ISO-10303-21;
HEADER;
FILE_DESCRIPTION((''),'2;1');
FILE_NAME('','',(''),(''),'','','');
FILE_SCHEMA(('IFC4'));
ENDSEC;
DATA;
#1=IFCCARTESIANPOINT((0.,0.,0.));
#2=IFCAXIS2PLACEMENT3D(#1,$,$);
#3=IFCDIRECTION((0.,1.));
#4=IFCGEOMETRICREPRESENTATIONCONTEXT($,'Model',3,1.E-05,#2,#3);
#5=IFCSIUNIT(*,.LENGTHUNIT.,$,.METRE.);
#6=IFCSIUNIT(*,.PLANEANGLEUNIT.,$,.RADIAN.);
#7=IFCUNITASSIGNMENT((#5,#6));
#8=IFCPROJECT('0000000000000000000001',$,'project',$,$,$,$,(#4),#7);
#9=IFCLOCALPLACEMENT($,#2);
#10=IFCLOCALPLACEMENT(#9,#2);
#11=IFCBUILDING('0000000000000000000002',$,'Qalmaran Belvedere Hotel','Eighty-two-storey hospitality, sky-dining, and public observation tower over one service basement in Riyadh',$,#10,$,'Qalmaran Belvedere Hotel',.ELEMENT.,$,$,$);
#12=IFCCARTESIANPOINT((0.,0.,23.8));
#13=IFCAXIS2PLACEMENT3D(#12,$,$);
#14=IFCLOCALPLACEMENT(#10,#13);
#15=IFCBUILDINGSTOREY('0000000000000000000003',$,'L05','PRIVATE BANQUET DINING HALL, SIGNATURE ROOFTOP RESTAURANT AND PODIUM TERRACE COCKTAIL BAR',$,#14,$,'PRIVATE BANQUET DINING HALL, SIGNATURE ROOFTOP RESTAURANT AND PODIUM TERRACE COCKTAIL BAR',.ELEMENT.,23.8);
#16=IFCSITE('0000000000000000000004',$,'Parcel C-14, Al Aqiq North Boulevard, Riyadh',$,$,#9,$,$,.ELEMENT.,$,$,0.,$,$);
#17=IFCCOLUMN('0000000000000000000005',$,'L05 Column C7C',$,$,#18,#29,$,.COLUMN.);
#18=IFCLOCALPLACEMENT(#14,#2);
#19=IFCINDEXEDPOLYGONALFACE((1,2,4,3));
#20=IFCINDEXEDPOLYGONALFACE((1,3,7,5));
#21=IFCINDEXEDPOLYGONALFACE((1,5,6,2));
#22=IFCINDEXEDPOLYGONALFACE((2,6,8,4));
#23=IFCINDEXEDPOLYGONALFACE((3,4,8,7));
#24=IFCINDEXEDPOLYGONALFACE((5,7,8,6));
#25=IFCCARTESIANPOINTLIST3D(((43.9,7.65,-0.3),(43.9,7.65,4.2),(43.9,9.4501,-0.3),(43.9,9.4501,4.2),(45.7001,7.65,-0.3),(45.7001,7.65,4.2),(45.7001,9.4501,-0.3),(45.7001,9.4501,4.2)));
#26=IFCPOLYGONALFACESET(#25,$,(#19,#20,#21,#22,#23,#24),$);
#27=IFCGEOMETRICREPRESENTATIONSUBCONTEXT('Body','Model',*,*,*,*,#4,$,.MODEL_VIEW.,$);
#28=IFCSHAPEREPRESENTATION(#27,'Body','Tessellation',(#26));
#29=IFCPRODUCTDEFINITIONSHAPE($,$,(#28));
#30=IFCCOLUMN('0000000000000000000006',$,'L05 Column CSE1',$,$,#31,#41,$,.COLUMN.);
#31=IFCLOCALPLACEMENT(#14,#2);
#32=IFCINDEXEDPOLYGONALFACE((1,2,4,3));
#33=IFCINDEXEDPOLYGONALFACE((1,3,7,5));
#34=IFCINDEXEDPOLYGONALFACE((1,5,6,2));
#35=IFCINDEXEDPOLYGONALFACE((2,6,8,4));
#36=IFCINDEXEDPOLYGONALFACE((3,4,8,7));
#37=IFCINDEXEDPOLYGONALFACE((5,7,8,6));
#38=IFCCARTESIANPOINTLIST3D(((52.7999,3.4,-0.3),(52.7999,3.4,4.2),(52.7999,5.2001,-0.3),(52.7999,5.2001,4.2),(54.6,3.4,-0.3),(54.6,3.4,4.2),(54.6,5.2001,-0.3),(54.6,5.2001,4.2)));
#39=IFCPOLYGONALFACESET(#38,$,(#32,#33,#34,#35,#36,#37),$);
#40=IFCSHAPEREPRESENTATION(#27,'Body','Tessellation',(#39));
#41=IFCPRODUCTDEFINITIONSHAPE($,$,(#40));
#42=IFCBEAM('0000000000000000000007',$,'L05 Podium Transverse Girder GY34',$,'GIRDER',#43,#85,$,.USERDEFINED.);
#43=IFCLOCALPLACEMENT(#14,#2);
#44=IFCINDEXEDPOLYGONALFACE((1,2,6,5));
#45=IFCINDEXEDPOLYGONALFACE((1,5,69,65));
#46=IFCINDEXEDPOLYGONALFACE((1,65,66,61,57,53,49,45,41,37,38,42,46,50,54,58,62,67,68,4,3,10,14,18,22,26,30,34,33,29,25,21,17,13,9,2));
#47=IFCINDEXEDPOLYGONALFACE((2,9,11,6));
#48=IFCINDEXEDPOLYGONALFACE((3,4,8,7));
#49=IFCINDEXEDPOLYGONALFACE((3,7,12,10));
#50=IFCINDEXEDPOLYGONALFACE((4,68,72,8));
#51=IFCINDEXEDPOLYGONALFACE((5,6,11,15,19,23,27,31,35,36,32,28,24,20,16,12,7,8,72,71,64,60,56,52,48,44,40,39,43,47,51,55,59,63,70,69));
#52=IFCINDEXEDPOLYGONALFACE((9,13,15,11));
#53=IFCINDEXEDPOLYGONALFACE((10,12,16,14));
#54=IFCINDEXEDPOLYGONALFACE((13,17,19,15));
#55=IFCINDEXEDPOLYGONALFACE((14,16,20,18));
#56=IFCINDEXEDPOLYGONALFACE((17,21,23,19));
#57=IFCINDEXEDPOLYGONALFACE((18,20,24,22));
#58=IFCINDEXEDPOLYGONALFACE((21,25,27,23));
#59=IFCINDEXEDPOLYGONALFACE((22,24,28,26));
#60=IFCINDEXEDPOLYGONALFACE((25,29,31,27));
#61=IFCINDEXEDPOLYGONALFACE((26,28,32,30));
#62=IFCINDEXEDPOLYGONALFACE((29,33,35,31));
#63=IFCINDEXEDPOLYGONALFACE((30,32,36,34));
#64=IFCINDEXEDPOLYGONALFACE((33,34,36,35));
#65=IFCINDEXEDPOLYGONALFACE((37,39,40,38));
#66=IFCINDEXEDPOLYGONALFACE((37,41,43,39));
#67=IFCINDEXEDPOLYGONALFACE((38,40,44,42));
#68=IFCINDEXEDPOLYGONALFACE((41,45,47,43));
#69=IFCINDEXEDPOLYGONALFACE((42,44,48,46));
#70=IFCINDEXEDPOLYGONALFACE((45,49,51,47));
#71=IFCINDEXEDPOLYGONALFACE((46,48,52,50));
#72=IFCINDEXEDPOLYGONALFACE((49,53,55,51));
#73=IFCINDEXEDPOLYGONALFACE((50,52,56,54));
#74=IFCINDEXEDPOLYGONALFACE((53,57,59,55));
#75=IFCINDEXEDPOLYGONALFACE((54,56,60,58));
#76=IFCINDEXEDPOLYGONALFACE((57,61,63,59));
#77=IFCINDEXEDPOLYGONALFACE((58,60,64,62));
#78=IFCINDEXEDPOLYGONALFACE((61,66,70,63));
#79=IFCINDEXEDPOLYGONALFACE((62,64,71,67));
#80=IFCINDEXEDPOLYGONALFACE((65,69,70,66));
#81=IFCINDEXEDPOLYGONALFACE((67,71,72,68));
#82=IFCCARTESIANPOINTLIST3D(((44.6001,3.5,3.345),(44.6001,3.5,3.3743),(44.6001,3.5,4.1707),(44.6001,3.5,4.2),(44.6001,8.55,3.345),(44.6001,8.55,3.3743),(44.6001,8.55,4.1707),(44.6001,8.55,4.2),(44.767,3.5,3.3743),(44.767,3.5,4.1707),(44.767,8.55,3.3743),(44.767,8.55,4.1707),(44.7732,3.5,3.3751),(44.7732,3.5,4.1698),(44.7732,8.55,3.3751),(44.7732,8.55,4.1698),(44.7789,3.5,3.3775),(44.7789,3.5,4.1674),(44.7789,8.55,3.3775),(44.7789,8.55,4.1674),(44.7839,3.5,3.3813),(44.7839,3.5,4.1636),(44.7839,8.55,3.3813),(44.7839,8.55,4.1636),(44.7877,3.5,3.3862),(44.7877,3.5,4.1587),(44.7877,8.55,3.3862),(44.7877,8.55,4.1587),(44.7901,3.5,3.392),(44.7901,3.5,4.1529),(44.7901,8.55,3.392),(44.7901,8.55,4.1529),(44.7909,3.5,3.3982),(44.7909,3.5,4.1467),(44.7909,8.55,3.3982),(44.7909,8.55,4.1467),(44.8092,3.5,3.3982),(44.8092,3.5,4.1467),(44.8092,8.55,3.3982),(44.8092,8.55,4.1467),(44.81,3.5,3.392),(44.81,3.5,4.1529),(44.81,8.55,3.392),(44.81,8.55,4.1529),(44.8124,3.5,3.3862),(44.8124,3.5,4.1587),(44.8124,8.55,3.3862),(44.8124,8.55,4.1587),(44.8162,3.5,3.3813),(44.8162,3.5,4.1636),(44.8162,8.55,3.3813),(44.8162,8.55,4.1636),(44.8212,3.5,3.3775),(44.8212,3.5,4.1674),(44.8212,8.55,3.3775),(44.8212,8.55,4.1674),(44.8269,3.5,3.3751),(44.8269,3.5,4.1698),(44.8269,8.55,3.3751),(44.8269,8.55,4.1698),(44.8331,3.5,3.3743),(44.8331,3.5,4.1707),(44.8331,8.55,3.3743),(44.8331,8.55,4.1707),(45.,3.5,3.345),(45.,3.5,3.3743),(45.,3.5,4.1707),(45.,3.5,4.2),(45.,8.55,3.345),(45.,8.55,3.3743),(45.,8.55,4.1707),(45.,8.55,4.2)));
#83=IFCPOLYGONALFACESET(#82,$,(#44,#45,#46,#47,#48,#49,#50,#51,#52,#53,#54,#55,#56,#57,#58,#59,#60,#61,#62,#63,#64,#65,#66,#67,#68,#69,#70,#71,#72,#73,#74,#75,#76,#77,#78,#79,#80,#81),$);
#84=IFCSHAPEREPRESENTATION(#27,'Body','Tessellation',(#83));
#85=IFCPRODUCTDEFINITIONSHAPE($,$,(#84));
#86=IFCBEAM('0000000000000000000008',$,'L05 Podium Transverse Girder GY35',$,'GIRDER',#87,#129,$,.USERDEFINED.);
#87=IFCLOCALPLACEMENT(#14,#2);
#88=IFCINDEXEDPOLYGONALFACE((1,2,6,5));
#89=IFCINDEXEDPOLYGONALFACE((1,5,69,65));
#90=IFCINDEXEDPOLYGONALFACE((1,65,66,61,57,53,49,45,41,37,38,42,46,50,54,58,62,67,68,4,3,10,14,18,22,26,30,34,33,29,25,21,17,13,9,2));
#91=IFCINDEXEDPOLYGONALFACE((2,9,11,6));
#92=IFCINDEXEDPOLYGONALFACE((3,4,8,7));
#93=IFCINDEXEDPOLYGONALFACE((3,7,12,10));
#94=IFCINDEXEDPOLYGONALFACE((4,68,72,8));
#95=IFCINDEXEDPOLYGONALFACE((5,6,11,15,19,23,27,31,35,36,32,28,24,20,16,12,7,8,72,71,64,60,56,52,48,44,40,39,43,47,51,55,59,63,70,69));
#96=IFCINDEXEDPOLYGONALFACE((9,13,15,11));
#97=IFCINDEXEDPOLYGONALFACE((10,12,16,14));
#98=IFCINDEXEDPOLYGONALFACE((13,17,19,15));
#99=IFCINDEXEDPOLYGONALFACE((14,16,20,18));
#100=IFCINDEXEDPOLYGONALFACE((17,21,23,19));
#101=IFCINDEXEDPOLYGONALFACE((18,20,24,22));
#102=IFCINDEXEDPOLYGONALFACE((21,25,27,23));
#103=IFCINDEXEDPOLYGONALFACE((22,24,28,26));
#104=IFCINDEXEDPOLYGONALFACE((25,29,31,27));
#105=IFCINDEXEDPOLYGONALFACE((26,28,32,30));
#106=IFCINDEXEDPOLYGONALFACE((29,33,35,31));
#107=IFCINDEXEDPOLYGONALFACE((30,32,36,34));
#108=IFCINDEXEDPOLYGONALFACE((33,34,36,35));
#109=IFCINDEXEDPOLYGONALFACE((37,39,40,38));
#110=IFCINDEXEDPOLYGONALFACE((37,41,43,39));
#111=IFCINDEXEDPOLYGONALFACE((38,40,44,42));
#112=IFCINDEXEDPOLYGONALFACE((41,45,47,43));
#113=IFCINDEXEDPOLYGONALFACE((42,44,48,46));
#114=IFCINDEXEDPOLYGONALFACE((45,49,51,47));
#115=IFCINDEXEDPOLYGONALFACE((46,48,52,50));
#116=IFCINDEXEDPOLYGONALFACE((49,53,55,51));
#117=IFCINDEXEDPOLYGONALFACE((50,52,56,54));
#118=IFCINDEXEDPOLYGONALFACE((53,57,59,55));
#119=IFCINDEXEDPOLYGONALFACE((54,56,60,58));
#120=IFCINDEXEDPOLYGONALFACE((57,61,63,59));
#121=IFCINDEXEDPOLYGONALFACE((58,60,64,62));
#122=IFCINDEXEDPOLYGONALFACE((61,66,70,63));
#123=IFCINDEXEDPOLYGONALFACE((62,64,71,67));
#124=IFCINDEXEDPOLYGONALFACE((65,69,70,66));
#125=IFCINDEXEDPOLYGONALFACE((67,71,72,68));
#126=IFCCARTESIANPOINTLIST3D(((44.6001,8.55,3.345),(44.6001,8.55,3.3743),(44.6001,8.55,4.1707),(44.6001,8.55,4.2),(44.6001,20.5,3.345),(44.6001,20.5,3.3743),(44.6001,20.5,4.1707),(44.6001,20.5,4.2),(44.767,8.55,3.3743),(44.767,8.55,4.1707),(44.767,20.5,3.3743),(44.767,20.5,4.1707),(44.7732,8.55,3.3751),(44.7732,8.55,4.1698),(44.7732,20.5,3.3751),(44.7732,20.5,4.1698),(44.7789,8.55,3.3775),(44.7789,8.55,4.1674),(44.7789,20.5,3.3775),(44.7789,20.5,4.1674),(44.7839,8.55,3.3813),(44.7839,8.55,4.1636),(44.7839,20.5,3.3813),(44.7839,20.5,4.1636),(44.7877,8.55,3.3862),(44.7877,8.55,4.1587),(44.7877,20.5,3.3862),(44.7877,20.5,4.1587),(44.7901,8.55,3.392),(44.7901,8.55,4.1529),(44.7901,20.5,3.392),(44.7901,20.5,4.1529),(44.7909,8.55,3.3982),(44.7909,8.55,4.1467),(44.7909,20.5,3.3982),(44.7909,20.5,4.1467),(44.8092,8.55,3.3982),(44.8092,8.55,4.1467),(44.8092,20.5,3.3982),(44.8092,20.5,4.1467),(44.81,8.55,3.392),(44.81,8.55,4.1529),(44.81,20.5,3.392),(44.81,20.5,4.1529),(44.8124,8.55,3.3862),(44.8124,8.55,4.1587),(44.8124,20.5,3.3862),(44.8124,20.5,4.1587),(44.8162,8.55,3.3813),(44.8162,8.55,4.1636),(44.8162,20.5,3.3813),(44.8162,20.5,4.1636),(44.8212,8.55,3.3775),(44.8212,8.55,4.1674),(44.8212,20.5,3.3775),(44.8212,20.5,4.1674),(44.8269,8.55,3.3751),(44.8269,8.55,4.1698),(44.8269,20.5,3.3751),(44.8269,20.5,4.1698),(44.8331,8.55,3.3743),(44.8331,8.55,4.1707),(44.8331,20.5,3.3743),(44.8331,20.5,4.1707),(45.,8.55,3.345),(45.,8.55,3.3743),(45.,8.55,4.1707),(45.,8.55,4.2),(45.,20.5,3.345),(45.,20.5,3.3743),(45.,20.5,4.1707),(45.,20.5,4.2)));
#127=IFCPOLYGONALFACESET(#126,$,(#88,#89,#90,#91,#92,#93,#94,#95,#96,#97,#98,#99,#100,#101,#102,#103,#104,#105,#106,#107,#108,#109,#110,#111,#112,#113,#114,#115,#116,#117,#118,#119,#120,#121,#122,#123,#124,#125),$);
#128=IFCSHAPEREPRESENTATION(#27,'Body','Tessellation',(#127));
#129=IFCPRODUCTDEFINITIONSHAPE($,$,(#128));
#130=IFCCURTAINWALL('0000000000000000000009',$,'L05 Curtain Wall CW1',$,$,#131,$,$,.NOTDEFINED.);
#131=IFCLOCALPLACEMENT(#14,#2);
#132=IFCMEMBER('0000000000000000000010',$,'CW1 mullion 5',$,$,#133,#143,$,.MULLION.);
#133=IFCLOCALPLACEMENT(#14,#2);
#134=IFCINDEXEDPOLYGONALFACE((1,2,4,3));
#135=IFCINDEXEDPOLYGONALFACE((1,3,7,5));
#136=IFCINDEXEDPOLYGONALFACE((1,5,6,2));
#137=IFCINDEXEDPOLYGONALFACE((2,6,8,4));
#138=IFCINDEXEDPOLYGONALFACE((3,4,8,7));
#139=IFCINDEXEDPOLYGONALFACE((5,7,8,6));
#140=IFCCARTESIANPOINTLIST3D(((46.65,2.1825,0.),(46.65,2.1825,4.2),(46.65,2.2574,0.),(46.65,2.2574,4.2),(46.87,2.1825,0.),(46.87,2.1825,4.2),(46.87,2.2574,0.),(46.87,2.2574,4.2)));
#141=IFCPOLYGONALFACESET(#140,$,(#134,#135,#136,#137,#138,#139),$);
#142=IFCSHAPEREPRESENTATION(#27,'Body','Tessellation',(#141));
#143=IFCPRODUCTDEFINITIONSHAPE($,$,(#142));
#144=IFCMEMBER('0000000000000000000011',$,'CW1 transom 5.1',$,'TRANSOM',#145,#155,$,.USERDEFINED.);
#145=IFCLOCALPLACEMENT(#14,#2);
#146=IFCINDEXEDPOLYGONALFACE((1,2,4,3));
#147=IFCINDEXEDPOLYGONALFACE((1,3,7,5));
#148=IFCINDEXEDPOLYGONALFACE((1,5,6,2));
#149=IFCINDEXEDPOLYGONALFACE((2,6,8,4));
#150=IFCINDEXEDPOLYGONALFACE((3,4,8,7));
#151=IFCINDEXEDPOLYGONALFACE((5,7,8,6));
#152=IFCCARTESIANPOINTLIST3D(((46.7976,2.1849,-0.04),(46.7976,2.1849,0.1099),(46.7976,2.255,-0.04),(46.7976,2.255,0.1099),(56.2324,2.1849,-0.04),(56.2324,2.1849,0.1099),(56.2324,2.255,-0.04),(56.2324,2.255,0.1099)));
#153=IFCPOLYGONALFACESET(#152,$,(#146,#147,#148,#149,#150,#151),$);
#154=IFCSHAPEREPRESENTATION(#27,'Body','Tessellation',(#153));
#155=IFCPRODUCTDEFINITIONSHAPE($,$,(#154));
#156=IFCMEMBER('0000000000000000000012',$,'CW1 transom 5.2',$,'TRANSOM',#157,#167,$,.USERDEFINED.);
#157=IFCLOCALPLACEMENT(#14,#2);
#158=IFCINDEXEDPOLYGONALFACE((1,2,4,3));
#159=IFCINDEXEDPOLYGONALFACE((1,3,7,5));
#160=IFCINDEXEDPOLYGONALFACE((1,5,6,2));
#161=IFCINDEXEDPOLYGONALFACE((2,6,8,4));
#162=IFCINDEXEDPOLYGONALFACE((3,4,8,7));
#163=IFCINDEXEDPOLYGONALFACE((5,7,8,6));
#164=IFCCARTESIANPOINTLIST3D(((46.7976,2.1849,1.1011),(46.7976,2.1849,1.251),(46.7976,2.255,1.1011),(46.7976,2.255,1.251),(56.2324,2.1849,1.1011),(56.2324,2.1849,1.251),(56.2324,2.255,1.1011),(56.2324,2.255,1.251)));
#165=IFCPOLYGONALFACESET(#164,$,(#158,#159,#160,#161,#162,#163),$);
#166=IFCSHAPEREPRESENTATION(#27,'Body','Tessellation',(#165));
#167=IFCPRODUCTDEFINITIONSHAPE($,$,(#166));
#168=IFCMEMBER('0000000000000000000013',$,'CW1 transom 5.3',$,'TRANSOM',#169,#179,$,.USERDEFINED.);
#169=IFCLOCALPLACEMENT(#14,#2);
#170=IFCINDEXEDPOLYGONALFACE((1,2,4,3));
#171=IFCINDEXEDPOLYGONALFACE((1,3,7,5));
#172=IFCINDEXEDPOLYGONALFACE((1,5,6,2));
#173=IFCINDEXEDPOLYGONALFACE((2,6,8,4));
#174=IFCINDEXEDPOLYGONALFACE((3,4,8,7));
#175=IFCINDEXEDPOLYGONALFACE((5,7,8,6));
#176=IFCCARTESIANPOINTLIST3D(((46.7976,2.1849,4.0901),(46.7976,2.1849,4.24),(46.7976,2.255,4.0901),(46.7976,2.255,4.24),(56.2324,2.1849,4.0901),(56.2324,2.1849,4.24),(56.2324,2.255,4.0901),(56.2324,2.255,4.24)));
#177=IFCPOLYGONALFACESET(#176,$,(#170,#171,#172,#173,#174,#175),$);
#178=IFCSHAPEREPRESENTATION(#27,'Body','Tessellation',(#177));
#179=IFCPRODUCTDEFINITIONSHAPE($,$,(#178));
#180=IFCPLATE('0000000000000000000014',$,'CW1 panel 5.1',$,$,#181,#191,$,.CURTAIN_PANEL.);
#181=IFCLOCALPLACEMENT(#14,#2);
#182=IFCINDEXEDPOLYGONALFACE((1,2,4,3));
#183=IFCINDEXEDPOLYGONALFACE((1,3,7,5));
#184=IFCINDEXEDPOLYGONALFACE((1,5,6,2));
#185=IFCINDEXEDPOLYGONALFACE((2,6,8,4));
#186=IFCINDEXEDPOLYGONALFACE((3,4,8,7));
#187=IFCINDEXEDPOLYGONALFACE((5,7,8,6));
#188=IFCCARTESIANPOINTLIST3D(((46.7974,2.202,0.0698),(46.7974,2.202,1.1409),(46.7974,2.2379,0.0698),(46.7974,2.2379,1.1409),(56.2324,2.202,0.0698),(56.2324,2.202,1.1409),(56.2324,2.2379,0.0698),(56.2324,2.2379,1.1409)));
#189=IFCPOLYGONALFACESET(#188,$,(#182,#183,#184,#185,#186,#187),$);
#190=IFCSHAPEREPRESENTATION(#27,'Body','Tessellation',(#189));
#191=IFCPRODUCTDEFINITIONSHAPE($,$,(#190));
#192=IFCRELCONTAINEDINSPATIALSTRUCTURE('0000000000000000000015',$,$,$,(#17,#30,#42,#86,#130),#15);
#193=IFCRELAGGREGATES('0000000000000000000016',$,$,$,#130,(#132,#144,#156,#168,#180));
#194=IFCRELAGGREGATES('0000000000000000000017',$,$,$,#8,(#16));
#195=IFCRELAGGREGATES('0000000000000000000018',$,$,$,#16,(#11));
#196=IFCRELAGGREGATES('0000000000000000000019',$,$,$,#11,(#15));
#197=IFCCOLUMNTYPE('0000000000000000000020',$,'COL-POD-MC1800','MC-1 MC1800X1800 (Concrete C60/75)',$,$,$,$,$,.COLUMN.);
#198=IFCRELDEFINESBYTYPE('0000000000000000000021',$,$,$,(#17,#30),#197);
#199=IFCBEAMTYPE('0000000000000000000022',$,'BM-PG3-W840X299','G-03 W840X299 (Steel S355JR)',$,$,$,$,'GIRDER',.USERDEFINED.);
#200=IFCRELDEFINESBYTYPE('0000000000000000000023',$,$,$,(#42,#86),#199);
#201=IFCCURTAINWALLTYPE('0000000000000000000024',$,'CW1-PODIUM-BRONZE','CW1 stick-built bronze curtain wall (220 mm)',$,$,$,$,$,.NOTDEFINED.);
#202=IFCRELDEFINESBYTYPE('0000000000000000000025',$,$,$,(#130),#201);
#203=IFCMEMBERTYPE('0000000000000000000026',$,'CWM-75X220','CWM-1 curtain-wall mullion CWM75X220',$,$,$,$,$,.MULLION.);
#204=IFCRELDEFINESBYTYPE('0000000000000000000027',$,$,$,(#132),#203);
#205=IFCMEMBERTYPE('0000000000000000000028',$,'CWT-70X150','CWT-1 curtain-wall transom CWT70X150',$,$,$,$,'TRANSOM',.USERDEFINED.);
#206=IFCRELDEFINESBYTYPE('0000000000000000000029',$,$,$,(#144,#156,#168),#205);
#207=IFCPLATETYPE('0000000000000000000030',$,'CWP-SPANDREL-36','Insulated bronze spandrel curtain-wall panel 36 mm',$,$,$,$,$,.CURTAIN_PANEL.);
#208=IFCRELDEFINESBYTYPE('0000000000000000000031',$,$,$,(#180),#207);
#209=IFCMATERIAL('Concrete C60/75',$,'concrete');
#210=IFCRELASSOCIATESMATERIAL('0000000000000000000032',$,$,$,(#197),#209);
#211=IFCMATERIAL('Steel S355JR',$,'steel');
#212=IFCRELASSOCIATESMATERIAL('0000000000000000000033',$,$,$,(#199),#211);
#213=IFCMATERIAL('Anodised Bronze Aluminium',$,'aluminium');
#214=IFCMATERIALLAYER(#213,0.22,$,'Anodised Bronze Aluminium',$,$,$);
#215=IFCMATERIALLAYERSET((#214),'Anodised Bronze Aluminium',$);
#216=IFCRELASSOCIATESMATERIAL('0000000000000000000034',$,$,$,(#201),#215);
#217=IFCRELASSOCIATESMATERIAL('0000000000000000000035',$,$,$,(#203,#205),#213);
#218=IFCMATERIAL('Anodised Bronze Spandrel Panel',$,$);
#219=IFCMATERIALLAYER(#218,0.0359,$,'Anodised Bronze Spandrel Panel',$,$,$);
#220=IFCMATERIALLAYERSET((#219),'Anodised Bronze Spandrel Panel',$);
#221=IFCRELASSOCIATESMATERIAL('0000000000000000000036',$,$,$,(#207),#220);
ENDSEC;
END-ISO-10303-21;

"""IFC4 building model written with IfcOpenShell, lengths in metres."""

from ifc_helpers import new_model, si_unit, direction, frame, origin, origin_2d, place, context, subcontext, project, spatial, rectangle, i_section, extrude, material, layer, layer_set, material_profile, profile_set, type_object, element, aggregate, save


model = new_model("IFC4")

# Units and contexts
model_context = context("Model", 3, precision=1e-05, world=origin(), true_north=direction((0.0, 1.0)))
body_context = subcontext(model_context, "Body", "Model", "MODEL_VIEW")
ifc_project = project(units=[si_unit("LENGTHUNIT", "METRE"), si_unit("PLANEANGLEUNIT", "RADIAN")], contexts=[model_context])

# Site, building, storey
site_placement = place(None, origin())
site = spatial("IfcSite", under=ifc_project, at=site_placement, Name="Parcel C-14, Al Aqiq North Boulevard, Riyadh", CompositionType="ELEMENT", RefElevation=0.0)
building_placement = place(site_placement, origin())
building = spatial("IfcBuilding", under=site, at=building_placement, Name="Qalmaran Belvedere Hotel", Description="Eighty-two-storey hospitality, sky-dining, and public observation tower over one service basement in Riyadh", LongName="Qalmaran Belvedere Hotel", CompositionType="ELEMENT")
storey_placement = place(building_placement, frame((0.0, 0.0, 23.8)))
storey = spatial("IfcBuildingStorey", under=building, at=storey_placement, Name="L05", Description="PRIVATE BANQUET DINING HALL, SIGNATURE ROOFTOP RESTAURANT AND PODIUM TERRACE COCKTAIL BAR", LongName="PRIVATE BANQUET DINING HALL, SIGNATURE ROOFTOP RESTAURANT AND PODIUM TERRACE COCKTAIL BAR", CompositionType="ELEMENT", Elevation=23.8)

# Columns
ifc_material_1 = material(Name="Concrete C60/75", Category="concrete")
ifc_material_profile_1 = material_profile(ifc_material_1, rectangle(XDim=1.8, YDim=1.8, at=origin_2d()), Name="MC1800X1800")
ifc_profile_set_1 = profile_set([ifc_material_profile_1], Name="Concrete C60/75")
column_type = type_object("IfcColumnType", Name="COL-POD-MC1800", Description="MC-1 MC1800X1800 (Concrete C60/75)", PredefinedType="COLUMN", material=ifc_profile_set_1)
for number, where, z_axis, x_axis, name in (
    (1, (44.8, 8.55, -0.3), (0.0, 0.0, 1.0), (1.0, 0.0, 0.0), "L05 Column C7C"),
    (2, (53.7, 4.3, -0.3), (0.0, 0.0, 1.0), (1.0, 0.0, 0.0), "L05 Column CSE1"),
):
    element("IfcColumn", number, at=place(storey_placement, frame(where, z_axis=z_axis, x_axis=x_axis)), inside=storey, type_object=column_type, Name=name, PredefinedType="COLUMN", context=body_context, shape_type="SweptSolid", body=[
        extrude(rectangle(XDim=1.8, YDim=1.8, at=origin_2d()), origin(), (0.0, 0.0, 1.0), 4.5),
    ])

# Beams
ifc_material_2 = material(Name="Steel S355JR", Category="steel")
ifc_material_profile_2 = material_profile(ifc_material_2, i_section(OverallWidth=0.3999, OverallDepth=0.855, WebThickness=0.0183, FlangeThickness=0.0293, FilletRadius=0.0239, at=origin_2d()), Name="W840X299")
ifc_profile_set_2 = profile_set([ifc_material_profile_2], Name="Steel S355JR")
beam_type = type_object("IfcBeamType", Name="BM-PG3-W840X299", Description="G-03 W840X299 (Steel S355JR)", ElementType="GIRDER", PredefinedType="USERDEFINED", material=ifc_profile_set_2)
beam_1_placement = place(storey_placement, frame((44.8, 3.5, 3.7725), z_axis=(0.0, 1.0, 0.0), x_axis=(-1.0, 0.0, 0.0)))
element("IfcBeam", 3, at=beam_1_placement, inside=storey, type_object=beam_type, Name="L05 Podium Transverse Girder GY34", ObjectType="GIRDER", PredefinedType="USERDEFINED", context=body_context, shape_type="SweptSolid", body=[
    extrude(i_section(OverallWidth=0.3999, OverallDepth=0.855, WebThickness=0.0183, FlangeThickness=0.0293, FilletRadius=0.0239, at=origin_2d()), origin(), (0.0, 0.0, 1.0), 5.05),
])
beam_2_placement = place(storey_placement, frame((44.8, 8.55, 3.7725), z_axis=(0.0, 1.0, 0.0), x_axis=(-1.0, 0.0, 0.0)))
element("IfcBeam", 4, at=beam_2_placement, inside=storey, type_object=beam_type, Name="L05 Podium Transverse Girder GY35", ObjectType="GIRDER", PredefinedType="USERDEFINED", context=body_context, shape_type="SweptSolid", body=[
    extrude(i_section(OverallWidth=0.3999, OverallDepth=0.855, WebThickness=0.0183, FlangeThickness=0.0293, FilletRadius=0.0239, at=origin_2d()), origin(), (0.0, 0.0, 1.0), 11.95),
])

# Curtain wall, members, plate
ifc_material_3 = material(Name="Anodised Bronze Aluminium", Category="aluminium")
ifc_layer_1 = layer(ifc_material_3, 0.22, Name="Anodised Bronze Aluminium")
ifc_layer_set_1 = layer_set([ifc_layer_1], Name="Anodised Bronze Aluminium")
curtain_wall_type = type_object("IfcCurtainWallType", Name="CW1-PODIUM-BRONZE", Description="CW1 stick-built bronze curtain wall (220 mm)", PredefinedType="NOTDEFINED", material=ifc_layer_set_1)
curtain_wall_placement = place(storey_placement, origin())
curtain_wall = element("IfcCurtainWall", 5, at=curtain_wall_placement, inside=storey, type_object=curtain_wall_type, Name="L05 Curtain Wall CW1", PredefinedType="NOTDEFINED")
ifc_material_profile_3 = material_profile(ifc_material_3, rectangle(XDim=0.075, YDim=0.22, at=origin_2d()), Name="CWM75X220")
ifc_profile_set_3 = profile_set([ifc_material_profile_3], Name="Anodised Bronze Aluminium")
member_type_1 = type_object("IfcMemberType", Name="CWM-75X220", Description="CWM-1 curtain-wall mullion CWM75X220", PredefinedType="MULLION", material=ifc_profile_set_3)
member_1_placement = place(storey_placement, frame((46.76, 2.22, 0.0), z_axis=(0.0, 0.0, 1.0), x_axis=(0.0, 1.0, 0.0)))
member_1 = element("IfcMember", 6, at=member_1_placement, type_object=member_type_1, Name="CW1 mullion 5", PredefinedType="MULLION", context=body_context, shape_type="SweptSolid", body=[
    extrude(rectangle(XDim=0.075, YDim=0.22, at=origin_2d()), origin(), (0.0, 0.0, 1.0), 4.2),
])
ifc_material_profile_4 = material_profile(ifc_material_3, rectangle(XDim=0.0701, YDim=0.1499, at=origin_2d()), Name="CWT70X150")
ifc_profile_set_4 = profile_set([ifc_material_profile_4], Name="Anodised Bronze Aluminium")
member_type_2 = type_object("IfcMemberType", Name="CWT-70X150", Description="CWT-1 curtain-wall transom CWT70X150", ElementType="TRANSOM", PredefinedType="USERDEFINED", material=ifc_profile_set_4)
member_2_placement = place(storey_placement, frame((46.7976, 2.22, 0.0349), z_axis=(1.0, 0.0, 0.0), x_axis=(0.0, 1.0, 0.0)))
member_2 = element("IfcMember", 7, at=member_2_placement, type_object=member_type_2, Name="CW1 transom 5.1", ObjectType="TRANSOM", PredefinedType="USERDEFINED", context=body_context, shape_type="SweptSolid", body=[
    extrude(rectangle(XDim=0.0701, YDim=0.1499, at=origin_2d()), origin(), (0.0, 0.0, 1.0), 9.4348),
])
member_3_placement = place(storey_placement, frame((46.7976, 2.22, 1.176), z_axis=(1.0, 0.0, 0.0), x_axis=(0.0, 1.0, 0.0)))
member_3 = element("IfcMember", 8, at=member_3_placement, type_object=member_type_2, Name="CW1 transom 5.2", ObjectType="TRANSOM", PredefinedType="USERDEFINED", context=body_context, shape_type="SweptSolid", body=[
    extrude(rectangle(XDim=0.0701, YDim=0.1499, at=origin_2d()), origin(), (0.0, 0.0, 1.0), 9.4348),
])
member_4_placement = place(storey_placement, frame((46.7976, 2.22, 4.165), z_axis=(1.0, 0.0, 0.0), x_axis=(0.0, 1.0, 0.0)))
member_4 = element("IfcMember", 9, at=member_4_placement, type_object=member_type_2, Name="CW1 transom 5.3", ObjectType="TRANSOM", PredefinedType="USERDEFINED", context=body_context, shape_type="SweptSolid", body=[
    extrude(rectangle(XDim=0.0701, YDim=0.1499, at=origin_2d()), origin(), (0.0, 0.0, 1.0), 9.4348),
])
ifc_material_4 = material(Name="Anodised Bronze Spandrel Panel")
ifc_layer_2 = layer(ifc_material_4, 0.0359, Name="Anodised Bronze Spandrel Panel")
ifc_layer_set_2 = layer_set([ifc_layer_2], Name="Anodised Bronze Spandrel Panel")
plate_type_1 = type_object("IfcPlateType", Name="CWP-SPANDREL-36", Description="Insulated bronze spandrel curtain-wall panel 36 mm", PredefinedType="CURTAIN_PANEL", material=ifc_layer_set_2)
plate_1_placement = place(storey_placement, frame((51.5149, 2.22, 0.0698), z_axis=(0.0, 0.0, 1.0), x_axis=(1.0, 0.0, 0.0)))
plate_1 = element("IfcPlate", 10, at=plate_1_placement, type_object=plate_type_1, Name="CW1 panel 5.1", PredefinedType="CURTAIN_PANEL", context=body_context, shape_type="SweptSolid", body=[
    extrude(rectangle(XDim=9.4351, YDim=0.0359, at=origin_2d()), origin(), (0.0, 0.0, 1.0), 1.071),
])
aggregate(curtain_wall, [member_1, member_2, member_3, member_4, plate_1])

save(model, "model.ifc")
